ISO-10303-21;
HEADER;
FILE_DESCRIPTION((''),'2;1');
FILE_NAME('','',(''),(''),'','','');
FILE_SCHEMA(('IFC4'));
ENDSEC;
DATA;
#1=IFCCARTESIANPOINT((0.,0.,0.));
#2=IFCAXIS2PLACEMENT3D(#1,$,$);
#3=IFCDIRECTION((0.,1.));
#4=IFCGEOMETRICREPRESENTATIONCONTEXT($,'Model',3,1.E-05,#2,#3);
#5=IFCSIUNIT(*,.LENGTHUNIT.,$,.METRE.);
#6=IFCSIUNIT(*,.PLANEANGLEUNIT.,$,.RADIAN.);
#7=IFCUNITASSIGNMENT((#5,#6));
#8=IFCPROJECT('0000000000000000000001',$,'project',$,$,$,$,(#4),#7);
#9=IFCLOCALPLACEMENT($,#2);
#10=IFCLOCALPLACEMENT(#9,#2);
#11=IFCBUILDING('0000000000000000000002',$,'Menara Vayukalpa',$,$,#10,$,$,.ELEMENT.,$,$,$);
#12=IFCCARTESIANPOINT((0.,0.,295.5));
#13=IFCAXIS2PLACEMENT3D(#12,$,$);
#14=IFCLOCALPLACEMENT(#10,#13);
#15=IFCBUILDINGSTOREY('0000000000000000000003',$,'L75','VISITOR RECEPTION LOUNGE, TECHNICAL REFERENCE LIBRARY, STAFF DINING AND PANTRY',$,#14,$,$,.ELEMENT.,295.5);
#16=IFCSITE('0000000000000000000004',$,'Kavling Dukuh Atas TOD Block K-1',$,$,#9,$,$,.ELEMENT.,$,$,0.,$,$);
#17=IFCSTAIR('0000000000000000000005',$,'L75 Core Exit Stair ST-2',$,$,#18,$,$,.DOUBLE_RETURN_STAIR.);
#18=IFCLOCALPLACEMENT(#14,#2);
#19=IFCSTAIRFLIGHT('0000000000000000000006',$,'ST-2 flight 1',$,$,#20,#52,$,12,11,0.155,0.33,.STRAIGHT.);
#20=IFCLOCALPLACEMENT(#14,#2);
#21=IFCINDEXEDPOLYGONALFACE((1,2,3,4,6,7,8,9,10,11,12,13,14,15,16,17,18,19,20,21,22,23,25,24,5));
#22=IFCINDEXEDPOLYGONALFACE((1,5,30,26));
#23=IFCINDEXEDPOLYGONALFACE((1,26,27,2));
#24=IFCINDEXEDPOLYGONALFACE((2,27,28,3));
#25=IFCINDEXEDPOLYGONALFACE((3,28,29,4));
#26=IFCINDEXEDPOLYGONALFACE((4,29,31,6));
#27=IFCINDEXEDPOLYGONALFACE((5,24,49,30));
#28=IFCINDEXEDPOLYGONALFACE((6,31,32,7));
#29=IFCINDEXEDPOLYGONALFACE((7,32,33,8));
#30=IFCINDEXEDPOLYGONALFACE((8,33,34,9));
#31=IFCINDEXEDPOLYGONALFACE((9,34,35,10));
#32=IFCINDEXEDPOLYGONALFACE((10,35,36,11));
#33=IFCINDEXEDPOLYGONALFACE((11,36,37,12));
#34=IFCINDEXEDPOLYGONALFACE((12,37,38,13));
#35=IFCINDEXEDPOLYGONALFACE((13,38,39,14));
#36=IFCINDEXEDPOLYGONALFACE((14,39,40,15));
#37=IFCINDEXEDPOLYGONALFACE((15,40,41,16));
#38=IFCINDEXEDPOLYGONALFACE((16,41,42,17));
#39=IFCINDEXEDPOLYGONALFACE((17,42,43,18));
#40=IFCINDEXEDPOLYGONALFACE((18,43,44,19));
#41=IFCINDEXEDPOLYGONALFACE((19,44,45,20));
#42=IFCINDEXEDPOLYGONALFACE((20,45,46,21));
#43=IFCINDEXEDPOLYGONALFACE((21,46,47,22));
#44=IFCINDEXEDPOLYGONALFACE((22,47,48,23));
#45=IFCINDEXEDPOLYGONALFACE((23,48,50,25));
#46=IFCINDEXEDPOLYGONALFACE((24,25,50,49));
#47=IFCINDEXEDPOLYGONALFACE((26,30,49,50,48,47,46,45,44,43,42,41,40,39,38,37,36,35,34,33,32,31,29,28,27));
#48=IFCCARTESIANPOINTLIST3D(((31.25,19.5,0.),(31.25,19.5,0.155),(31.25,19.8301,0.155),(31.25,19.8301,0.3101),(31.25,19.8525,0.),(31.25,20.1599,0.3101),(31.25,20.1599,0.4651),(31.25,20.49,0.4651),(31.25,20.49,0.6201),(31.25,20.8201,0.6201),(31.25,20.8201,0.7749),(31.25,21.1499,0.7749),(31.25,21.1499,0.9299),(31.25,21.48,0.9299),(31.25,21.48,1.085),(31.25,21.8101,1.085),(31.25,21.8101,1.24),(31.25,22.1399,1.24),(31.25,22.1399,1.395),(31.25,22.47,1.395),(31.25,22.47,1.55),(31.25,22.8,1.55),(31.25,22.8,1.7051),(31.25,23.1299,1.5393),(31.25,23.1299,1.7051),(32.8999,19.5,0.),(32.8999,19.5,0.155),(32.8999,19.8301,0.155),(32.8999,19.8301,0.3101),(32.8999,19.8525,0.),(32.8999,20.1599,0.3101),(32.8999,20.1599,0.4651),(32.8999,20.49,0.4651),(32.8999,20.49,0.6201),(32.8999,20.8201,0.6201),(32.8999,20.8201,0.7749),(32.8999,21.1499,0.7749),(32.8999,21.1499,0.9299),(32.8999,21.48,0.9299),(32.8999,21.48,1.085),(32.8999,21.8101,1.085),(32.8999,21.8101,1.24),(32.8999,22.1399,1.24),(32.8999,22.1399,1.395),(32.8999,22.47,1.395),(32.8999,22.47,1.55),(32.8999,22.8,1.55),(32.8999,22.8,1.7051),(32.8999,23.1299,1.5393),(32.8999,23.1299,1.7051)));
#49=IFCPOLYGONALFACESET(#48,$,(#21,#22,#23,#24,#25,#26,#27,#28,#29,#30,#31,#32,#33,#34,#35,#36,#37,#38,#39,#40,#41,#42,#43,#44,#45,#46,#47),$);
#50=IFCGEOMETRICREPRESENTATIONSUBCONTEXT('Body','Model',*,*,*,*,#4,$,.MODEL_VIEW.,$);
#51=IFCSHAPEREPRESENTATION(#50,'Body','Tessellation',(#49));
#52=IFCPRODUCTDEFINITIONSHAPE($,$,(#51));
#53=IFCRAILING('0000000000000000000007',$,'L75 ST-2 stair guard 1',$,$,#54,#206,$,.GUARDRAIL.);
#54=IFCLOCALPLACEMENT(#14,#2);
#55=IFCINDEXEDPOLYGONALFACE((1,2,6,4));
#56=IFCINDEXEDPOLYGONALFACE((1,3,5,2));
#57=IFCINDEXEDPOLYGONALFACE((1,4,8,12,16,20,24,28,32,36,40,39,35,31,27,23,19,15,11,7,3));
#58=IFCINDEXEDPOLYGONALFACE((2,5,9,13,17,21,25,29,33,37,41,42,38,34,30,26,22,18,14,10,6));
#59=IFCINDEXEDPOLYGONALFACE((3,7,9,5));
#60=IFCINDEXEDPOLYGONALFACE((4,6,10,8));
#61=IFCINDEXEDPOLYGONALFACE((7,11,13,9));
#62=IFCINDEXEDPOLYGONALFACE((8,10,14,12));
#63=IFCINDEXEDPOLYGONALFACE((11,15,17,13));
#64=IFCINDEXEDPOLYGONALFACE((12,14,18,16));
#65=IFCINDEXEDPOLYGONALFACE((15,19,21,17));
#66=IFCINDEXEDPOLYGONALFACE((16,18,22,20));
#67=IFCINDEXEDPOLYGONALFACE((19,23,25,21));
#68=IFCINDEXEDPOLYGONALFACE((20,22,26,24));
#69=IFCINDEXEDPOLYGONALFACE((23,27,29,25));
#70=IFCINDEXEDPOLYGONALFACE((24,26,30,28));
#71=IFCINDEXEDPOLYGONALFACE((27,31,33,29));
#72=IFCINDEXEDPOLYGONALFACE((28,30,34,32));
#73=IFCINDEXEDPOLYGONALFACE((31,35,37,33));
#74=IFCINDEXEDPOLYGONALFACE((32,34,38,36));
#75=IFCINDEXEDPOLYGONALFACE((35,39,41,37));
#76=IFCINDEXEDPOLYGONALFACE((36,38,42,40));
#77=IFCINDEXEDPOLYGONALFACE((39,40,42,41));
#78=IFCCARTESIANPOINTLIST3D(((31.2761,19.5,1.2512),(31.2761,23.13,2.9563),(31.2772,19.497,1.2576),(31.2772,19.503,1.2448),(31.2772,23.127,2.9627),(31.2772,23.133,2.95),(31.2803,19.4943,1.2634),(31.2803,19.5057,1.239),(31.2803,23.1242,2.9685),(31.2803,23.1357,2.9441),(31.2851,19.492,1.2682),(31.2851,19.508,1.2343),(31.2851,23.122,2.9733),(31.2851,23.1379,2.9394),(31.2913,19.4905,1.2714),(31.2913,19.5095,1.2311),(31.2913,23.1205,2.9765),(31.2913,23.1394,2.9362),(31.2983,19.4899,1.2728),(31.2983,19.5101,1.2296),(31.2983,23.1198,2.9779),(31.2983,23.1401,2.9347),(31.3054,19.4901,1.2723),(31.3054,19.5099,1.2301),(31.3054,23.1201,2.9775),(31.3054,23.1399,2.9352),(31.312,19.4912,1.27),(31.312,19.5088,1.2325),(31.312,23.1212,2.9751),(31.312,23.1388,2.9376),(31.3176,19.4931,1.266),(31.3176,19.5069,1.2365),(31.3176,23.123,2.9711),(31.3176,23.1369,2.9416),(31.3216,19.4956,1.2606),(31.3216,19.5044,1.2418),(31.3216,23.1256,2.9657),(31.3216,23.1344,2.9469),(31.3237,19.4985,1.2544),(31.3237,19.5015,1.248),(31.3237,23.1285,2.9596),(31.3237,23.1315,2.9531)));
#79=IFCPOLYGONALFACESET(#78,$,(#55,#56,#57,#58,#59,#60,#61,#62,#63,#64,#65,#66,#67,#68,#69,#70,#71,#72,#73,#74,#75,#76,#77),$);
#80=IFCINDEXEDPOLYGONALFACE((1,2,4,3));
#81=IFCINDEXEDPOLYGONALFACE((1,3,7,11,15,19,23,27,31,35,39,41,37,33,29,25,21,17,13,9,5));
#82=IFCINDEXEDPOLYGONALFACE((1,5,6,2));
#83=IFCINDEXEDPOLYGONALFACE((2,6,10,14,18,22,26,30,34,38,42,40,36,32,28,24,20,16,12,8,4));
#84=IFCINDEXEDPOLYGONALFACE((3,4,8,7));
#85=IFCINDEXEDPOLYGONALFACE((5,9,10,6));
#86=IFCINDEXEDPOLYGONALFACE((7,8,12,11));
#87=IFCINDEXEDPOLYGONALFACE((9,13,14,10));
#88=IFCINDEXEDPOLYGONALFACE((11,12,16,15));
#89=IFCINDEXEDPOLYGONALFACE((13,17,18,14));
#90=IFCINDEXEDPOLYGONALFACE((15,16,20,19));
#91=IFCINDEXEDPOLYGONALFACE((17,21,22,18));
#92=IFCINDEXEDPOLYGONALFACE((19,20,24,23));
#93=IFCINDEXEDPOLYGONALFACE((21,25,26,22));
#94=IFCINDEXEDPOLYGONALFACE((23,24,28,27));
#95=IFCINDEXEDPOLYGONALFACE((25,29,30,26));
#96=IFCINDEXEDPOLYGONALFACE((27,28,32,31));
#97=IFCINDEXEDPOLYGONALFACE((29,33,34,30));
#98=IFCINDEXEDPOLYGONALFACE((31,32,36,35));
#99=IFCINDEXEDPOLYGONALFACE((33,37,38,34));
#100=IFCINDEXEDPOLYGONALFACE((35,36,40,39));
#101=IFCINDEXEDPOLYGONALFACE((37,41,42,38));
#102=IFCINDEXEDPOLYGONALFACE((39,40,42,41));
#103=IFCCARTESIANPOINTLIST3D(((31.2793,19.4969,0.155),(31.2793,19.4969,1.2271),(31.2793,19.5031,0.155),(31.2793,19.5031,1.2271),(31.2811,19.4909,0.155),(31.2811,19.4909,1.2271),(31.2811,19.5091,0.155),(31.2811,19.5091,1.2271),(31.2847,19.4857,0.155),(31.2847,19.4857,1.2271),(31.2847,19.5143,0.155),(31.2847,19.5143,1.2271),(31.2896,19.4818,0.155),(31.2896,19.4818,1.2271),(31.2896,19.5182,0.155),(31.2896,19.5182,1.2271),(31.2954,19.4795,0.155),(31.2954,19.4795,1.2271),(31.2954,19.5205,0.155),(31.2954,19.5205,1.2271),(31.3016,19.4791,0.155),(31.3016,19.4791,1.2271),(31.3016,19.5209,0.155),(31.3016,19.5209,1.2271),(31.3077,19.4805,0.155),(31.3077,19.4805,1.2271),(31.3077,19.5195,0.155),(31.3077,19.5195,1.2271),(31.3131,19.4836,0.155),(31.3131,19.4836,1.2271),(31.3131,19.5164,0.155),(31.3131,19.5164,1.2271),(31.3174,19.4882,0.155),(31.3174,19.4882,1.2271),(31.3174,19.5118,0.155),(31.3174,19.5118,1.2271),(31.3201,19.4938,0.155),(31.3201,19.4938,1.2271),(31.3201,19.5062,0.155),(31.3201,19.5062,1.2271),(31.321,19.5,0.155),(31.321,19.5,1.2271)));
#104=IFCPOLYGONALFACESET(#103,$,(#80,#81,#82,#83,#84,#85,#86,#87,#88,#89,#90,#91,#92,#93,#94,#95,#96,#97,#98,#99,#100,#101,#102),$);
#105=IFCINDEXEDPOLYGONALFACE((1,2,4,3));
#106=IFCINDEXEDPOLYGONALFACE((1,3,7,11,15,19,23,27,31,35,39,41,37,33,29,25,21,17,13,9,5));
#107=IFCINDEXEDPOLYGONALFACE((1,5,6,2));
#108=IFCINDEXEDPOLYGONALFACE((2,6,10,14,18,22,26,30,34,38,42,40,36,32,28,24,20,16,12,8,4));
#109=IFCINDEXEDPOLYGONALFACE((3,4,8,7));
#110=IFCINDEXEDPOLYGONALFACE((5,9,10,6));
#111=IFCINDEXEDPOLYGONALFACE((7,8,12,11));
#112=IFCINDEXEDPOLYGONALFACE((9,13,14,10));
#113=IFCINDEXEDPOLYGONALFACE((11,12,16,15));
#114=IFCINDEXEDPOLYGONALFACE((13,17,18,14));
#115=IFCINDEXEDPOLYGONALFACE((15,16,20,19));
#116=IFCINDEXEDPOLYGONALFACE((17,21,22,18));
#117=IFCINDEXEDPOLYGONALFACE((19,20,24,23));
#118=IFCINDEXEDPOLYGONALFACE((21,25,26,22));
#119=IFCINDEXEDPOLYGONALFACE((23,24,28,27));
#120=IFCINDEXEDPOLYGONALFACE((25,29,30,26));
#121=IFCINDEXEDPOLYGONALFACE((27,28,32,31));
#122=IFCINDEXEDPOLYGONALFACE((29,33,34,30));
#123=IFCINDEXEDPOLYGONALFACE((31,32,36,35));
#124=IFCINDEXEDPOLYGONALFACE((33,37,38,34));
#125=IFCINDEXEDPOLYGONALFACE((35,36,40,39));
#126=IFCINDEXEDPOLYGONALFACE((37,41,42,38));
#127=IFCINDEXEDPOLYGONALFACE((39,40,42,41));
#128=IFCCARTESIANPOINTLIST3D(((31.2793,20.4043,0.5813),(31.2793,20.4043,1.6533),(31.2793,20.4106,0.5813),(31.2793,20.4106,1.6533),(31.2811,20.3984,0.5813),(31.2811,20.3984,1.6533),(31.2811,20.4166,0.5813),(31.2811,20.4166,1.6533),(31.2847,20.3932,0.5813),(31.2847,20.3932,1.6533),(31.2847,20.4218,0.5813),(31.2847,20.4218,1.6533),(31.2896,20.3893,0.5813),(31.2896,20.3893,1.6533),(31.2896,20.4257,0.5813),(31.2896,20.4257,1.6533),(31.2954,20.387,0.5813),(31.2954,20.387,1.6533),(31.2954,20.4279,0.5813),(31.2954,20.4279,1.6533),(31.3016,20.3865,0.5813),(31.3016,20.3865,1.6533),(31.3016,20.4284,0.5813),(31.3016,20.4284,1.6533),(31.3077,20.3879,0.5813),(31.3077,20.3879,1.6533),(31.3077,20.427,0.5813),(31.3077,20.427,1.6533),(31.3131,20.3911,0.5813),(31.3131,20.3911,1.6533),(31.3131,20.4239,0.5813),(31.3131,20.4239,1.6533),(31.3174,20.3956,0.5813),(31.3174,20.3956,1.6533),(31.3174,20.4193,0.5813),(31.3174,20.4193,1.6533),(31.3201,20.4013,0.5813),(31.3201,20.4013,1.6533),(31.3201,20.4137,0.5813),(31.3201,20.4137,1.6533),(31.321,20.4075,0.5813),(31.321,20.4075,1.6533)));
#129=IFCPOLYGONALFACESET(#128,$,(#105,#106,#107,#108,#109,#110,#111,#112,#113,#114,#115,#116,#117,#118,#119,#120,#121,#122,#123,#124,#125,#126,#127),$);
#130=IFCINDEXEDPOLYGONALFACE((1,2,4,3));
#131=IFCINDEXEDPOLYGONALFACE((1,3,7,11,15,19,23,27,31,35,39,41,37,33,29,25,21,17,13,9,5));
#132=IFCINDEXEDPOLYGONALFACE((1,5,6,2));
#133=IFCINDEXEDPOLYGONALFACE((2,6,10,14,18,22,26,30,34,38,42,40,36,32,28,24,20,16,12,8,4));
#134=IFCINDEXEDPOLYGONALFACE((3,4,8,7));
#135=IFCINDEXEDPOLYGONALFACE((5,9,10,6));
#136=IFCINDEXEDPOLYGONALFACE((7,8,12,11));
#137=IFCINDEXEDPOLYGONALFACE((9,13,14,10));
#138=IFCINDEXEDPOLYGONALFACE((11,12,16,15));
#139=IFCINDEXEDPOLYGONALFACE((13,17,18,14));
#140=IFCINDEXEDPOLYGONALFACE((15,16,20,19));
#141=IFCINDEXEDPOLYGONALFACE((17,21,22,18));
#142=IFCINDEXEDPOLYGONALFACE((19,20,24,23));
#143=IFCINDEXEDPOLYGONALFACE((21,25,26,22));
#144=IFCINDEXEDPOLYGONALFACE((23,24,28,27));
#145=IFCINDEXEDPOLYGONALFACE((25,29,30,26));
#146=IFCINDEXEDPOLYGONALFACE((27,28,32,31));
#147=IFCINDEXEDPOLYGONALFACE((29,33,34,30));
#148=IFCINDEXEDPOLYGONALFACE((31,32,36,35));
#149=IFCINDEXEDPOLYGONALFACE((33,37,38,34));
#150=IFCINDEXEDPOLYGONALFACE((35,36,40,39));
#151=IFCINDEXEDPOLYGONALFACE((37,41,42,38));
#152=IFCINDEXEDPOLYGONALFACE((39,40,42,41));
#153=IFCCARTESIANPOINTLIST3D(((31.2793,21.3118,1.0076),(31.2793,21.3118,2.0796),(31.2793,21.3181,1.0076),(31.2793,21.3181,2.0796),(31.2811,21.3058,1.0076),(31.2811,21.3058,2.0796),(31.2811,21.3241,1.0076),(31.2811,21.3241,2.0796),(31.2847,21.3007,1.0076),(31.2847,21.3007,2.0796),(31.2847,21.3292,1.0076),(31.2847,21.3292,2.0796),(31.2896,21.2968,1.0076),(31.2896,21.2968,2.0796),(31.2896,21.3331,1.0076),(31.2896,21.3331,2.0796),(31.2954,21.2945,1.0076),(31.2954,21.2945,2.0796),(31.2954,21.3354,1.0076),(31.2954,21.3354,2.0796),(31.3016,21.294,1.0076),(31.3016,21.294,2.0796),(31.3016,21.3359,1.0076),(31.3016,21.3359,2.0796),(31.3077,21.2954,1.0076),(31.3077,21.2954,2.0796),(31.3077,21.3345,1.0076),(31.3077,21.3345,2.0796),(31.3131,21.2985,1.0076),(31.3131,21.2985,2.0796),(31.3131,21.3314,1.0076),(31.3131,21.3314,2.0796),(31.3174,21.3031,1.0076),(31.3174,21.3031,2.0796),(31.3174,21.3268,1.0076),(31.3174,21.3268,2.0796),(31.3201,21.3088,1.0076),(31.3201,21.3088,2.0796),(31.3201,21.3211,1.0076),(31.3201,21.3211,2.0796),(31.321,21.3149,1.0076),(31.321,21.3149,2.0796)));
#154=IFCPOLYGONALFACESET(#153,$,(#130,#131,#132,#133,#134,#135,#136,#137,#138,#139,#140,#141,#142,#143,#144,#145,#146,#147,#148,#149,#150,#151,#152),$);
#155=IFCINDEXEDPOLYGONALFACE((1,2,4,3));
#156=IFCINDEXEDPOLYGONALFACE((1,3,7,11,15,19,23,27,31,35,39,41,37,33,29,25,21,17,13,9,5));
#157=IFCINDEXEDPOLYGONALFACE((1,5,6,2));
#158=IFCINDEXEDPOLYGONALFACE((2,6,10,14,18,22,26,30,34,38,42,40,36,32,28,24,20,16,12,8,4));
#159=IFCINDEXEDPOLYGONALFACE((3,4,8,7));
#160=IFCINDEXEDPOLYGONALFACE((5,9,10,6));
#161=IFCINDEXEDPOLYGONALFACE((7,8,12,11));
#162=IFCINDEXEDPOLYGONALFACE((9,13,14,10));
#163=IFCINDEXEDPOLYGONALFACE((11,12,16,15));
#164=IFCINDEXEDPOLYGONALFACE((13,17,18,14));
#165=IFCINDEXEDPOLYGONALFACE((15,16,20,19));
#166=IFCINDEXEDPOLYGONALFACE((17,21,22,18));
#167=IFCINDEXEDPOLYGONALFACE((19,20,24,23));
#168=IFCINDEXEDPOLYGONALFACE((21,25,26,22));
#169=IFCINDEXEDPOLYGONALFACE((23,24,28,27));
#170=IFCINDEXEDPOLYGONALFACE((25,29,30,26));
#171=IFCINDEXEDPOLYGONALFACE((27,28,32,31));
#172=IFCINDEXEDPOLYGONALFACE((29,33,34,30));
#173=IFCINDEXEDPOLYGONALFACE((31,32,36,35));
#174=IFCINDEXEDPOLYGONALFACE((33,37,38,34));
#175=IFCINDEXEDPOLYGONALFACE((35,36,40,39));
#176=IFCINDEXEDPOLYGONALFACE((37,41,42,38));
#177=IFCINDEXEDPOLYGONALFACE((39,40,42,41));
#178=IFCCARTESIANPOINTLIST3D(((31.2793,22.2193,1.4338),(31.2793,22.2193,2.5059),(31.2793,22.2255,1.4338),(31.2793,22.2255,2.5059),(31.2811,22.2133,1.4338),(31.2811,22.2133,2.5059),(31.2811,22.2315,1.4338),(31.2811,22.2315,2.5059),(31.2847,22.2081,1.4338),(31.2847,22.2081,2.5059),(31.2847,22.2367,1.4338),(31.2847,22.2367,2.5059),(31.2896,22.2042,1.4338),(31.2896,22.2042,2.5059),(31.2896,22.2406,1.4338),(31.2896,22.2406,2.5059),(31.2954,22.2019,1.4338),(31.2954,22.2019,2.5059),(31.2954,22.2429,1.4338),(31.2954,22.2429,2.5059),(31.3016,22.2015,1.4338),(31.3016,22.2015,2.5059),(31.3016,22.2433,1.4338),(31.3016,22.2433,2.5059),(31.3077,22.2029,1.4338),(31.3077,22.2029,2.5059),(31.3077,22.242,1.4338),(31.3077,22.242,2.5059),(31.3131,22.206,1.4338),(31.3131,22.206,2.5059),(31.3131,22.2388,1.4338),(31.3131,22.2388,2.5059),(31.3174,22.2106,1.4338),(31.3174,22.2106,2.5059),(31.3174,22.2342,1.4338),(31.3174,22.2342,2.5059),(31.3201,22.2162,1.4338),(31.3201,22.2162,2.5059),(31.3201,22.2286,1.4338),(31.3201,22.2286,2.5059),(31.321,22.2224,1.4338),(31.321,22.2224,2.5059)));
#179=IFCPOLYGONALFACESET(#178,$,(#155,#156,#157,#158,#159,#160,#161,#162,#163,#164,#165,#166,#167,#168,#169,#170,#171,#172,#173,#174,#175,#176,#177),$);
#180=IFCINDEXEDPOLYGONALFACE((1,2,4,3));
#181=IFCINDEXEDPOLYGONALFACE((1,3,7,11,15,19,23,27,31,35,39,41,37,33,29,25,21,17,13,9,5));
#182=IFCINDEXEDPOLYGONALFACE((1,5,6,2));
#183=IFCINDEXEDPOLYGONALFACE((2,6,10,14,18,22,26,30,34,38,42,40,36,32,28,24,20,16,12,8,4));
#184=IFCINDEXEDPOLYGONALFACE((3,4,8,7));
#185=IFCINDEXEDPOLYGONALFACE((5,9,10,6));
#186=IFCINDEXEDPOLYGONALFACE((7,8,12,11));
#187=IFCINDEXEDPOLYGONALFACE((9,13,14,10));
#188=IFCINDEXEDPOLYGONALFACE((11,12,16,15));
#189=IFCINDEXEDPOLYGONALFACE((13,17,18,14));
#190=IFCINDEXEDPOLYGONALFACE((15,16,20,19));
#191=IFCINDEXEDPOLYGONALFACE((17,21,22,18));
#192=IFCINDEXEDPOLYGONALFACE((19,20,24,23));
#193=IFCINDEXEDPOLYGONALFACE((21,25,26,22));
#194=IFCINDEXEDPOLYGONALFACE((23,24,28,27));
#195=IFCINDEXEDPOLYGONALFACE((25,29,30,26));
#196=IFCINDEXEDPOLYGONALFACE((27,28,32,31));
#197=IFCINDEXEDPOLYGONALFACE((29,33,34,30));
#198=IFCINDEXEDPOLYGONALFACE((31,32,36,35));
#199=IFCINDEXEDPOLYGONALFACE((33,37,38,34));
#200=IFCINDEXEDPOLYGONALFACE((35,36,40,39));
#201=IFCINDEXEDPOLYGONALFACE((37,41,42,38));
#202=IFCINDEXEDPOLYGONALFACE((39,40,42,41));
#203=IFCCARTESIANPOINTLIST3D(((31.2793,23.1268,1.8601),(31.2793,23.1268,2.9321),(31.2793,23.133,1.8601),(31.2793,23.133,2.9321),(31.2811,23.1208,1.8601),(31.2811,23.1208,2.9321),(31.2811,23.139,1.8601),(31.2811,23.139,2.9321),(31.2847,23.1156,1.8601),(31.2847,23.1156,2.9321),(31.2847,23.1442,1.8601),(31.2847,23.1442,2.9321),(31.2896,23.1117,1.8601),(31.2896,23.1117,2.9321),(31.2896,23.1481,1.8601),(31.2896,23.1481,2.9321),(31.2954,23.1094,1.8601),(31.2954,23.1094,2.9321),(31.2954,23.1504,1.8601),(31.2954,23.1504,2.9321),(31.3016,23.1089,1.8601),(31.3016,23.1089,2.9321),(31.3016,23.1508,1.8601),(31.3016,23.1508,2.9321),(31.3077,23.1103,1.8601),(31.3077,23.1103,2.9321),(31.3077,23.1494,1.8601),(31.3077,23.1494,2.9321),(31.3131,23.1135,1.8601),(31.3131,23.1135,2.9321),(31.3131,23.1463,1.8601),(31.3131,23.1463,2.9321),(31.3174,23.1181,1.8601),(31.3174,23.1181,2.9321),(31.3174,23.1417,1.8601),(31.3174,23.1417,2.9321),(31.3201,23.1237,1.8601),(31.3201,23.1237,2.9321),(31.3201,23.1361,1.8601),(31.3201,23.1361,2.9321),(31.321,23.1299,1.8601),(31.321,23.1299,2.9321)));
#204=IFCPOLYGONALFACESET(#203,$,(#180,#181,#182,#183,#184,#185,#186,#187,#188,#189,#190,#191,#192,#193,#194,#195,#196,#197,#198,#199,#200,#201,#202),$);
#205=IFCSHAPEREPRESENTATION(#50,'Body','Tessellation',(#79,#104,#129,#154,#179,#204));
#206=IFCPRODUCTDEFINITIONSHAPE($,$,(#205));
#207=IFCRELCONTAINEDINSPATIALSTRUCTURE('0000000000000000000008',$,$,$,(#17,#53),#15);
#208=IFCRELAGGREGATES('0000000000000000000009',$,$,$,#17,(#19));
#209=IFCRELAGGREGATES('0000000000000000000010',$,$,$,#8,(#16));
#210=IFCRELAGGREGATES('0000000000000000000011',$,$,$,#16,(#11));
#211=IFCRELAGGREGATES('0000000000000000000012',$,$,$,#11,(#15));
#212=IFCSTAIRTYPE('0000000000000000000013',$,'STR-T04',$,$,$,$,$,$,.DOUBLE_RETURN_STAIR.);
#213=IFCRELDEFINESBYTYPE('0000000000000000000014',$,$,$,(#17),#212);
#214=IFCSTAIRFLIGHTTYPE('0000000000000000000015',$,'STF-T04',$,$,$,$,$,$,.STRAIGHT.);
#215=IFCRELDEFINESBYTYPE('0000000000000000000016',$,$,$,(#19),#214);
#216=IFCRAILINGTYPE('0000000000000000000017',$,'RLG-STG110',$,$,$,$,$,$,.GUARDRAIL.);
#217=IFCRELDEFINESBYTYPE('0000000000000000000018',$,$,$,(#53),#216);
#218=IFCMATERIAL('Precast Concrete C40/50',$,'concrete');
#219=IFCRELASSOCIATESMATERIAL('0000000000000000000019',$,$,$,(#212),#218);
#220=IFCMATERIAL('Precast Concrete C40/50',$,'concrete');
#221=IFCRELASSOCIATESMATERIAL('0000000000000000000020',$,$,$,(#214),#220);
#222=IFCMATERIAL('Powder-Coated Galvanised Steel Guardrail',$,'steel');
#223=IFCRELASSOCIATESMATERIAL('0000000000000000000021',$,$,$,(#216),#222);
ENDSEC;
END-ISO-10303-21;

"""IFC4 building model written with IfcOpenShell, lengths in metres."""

from ifc_helpers import new_model, si_unit, direction, frame, origin, origin_2d, place, context, subcontext, project, spatial, polyline, circle, outline, extrude, material, type_object, element, aggregate, save


model = new_model("IFC4")

# Units and contexts
model_context = context("Model", 3, precision=1e-05, world=origin(), true_north=direction((0.0, 1.0)))
body_context = subcontext(model_context, "Body", "Model", "MODEL_VIEW")
ifc_project = project(units=[si_unit("LENGTHUNIT", "METRE"), si_unit("PLANEANGLEUNIT", "RADIAN")], contexts=[model_context])

# Site, building, storey
site_placement = place(None, origin())
site = spatial("IfcSite", under=ifc_project, at=site_placement, Name="Kavling Dukuh Atas TOD Block K-1", CompositionType="ELEMENT", RefElevation=0.0)
building_placement = place(site_placement, origin())
building = spatial("IfcBuilding", under=site, at=building_placement, Name="Menara Vayukalpa", CompositionType="ELEMENT")
storey_placement = place(building_placement, frame((0.0, 0.0, 295.5)))
storey = spatial("IfcBuildingStorey", under=building, at=storey_placement, Name="L75", Description="VISITOR RECEPTION LOUNGE, TECHNICAL REFERENCE LIBRARY, STAFF DINING AND PANTRY", CompositionType="ELEMENT", Elevation=295.5)

# Stair, stair flight
ifc_material_1 = material(Name="Precast Concrete C40/50", Category="concrete")
stair_type = type_object("IfcStairType", Name="STR-T04", PredefinedType="DOUBLE_RETURN_STAIR", material=ifc_material_1)
stair_placement = place(storey_placement, origin())
stair = element("IfcStair", 1, at=stair_placement, inside=storey, type_object=stair_type, Name="L75 Core Exit Stair ST-2", PredefinedType="DOUBLE_RETURN_STAIR")
ifc_material_2 = material(Name="Precast Concrete C40/50", Category="concrete")
stair_flight_type = type_object("IfcStairFlightType", Name="STF-T04", PredefinedType="STRAIGHT", material=ifc_material_2)
stair_flight_placement = place(storey_placement, frame((32.075, 19.5, 0.0), z_axis=(0.0, 0.0, 1.0), x_axis=(0.0, 1.0, 0.0)))
stair_flight = element("IfcStairFlight", 2, at=stair_flight_placement, type_object=stair_flight_type, Name="ST-2 flight 1", NumberOfRisers=12, NumberOfTreads=11, PredefinedType="STRAIGHT", RiserHeight=0.155, TreadLength=0.33, context=body_context, shape_type="SweptSolid", body=[
    extrude(outline(polyline([(0.0, 0.0), (0.0, 0.155), (0.3301, 0.155), (0.3301, 0.3101), (0.6599, 0.3101), (0.6599, 0.4651), (0.99, 0.4651), (0.99, 0.6201), (1.3201, 0.6201), (1.3201, 0.7749), (1.6499, 0.7749), (1.6499, 0.9299), (1.98, 0.9299), (1.98, 1.085), (2.3101, 1.085), (2.3101, 1.24), (2.6399, 1.24), (2.6399, 1.395), (2.97, 1.395), (2.97, 1.55), (3.3, 1.55), (3.3, 1.7051), (3.6299, 1.7051), (3.6299, 1.8601), (3.6299, 1.5393), (0.3525, 0.0), (0.0, 0.0)])), frame((0.0, 0.825, 0.0), z_axis=(0.0, -1.0, 0.0), x_axis=(1.0, 0.0, 0.0)), (0.0, 0.0, 1.0), 1.6499),
])
aggregate(stair, [stair_flight])

# Railing
ifc_material_3 = material(Name="Powder-Coated Galvanised Steel Guardrail", Category="steel")
railing_type_1 = type_object("IfcRailingType", Name="RLG-STG110", PredefinedType="GUARDRAIL", material=ifc_material_3)
railing_1_placement = place(storey_placement, frame((31.3, 19.5, 0.155)))
element("IfcRailing", 3, at=railing_1_placement, inside=storey, type_object=railing_type_1, Name="L75 ST-2 stair guard 1", PredefinedType="GUARDRAIL", context=body_context, shape_type="SweptSolid", body=[
    extrude(circle(Radius=0.0239, at=origin_2d()), frame((0.0, 0.0, 1.0962), z_axis=(0.0, 0.905116, 0.425164), x_axis=(-1.0, 0.0, 0.0)), (0.0, 0.0, 1.0), 4.0105),
    extrude(circle(Radius=0.021, at=origin_2d()), origin(), (0.0, 0.0, 1.0), 1.072),
    extrude(circle(Radius=0.021, at=origin_2d()), frame((0.0, 0.9075, 0.4263)), (0.0, 0.0, 1.0), 1.072),
    extrude(circle(Radius=0.021, at=origin_2d()), frame((0.0, 1.8149, 0.8525)), (0.0, 0.0, 1.0), 1.072),
    extrude(circle(Radius=0.021, at=origin_2d()), frame((0.0, 2.7224, 1.2788)), (0.0, 0.0, 1.0), 1.072),
    extrude(circle(Radius=0.021, at=origin_2d()), frame((0.0, 3.6299, 1.7051)), (0.0, 0.0, 1.0), 1.072),
])

save(model, "model.ifc")
